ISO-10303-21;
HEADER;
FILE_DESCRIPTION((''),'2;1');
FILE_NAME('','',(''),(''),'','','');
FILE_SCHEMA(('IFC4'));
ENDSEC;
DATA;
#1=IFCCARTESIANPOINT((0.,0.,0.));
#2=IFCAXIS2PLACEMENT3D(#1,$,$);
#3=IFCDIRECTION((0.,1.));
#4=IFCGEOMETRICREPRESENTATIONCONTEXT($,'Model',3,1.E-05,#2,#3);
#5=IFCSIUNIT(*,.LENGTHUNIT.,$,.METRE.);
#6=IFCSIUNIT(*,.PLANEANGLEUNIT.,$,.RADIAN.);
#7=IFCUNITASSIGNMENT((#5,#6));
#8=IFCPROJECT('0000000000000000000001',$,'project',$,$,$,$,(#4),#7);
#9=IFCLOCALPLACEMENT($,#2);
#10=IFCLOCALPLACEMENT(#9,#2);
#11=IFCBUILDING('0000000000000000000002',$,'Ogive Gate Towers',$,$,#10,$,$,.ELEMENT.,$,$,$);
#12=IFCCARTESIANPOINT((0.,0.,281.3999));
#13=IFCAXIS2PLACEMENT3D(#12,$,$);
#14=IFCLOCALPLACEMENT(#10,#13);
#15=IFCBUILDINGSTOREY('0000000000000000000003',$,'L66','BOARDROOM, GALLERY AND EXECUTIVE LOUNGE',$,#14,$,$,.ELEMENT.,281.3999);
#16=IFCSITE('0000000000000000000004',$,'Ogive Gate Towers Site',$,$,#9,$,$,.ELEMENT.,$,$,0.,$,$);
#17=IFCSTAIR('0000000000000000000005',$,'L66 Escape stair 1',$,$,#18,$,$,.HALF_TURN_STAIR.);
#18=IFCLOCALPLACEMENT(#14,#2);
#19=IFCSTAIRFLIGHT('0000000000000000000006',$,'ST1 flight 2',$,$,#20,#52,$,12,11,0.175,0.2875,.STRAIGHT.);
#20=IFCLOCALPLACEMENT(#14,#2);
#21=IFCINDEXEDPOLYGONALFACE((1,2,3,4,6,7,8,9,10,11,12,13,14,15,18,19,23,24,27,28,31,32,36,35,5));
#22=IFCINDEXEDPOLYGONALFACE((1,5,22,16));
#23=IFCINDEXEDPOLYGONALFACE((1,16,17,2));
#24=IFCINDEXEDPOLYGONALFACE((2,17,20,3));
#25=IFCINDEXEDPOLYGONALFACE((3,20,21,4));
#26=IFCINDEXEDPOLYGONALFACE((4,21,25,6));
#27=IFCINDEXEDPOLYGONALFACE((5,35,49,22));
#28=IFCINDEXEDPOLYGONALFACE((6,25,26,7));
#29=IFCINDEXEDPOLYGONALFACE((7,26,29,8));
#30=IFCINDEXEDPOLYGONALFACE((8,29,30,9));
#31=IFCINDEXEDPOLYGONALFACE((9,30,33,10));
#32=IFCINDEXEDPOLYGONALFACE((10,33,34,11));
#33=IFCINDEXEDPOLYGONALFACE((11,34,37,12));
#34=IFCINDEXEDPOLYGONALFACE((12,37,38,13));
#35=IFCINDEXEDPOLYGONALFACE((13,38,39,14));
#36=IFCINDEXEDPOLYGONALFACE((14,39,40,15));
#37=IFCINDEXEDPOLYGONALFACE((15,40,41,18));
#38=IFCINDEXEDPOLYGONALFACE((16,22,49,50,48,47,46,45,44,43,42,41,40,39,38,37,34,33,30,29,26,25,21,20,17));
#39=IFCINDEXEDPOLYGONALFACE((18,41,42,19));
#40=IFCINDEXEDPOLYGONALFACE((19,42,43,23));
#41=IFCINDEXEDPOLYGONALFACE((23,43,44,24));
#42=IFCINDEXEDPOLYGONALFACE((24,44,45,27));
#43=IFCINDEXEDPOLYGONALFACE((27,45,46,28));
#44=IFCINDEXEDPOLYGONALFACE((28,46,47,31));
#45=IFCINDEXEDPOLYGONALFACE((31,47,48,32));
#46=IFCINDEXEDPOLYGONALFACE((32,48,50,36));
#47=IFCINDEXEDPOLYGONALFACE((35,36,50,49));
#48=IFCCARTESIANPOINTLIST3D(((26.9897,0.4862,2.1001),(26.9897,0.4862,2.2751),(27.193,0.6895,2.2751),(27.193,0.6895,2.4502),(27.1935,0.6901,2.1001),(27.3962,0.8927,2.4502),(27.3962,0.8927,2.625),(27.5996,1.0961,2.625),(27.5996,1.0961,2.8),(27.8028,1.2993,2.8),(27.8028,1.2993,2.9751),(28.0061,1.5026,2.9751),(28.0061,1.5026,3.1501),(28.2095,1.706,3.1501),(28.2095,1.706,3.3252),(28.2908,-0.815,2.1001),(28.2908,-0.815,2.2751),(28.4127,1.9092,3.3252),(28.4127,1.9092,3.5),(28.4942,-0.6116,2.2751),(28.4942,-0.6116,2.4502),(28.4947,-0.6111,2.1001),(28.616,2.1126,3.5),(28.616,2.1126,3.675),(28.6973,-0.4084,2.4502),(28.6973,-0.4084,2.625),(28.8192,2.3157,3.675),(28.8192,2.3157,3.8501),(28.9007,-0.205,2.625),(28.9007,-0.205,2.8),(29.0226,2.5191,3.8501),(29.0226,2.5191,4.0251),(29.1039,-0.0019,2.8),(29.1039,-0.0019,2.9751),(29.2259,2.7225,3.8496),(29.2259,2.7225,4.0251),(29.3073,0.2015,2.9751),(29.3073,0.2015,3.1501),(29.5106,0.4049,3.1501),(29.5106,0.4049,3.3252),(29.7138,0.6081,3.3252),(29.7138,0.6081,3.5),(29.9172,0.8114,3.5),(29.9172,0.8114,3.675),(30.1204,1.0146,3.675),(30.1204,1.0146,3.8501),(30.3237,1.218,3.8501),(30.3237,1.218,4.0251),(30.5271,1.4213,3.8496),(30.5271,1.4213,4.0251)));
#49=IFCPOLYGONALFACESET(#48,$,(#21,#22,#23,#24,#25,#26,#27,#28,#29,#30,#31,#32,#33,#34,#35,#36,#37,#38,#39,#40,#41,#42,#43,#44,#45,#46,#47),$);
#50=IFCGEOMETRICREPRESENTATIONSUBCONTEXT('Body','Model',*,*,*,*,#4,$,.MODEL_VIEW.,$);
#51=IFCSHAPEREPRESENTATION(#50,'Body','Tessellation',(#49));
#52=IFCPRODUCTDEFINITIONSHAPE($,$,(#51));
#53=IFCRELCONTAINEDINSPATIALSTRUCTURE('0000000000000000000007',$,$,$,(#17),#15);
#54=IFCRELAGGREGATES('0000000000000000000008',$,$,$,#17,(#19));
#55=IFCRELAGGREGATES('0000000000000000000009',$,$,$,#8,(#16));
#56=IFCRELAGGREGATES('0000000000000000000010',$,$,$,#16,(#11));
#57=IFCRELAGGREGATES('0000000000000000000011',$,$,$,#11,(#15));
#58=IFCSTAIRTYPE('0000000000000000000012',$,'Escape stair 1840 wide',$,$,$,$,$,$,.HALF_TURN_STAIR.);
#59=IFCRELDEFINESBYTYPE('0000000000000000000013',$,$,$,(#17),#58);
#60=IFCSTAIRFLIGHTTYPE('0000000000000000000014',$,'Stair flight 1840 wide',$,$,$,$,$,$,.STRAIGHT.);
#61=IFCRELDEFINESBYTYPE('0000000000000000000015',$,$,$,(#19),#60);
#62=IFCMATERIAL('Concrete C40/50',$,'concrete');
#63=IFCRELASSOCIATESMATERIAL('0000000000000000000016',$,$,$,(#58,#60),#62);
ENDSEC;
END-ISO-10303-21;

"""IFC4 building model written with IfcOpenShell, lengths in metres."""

from ifc_helpers import new_model, si_unit, direction, frame, origin, place, context, subcontext, project, spatial, polyline, outline, extrude, material, type_object, element, aggregate, save


model = new_model("IFC4")

# Units and contexts
model_context = context("Model", 3, precision=1e-05, world=origin(), true_north=direction((0.0, 1.0)))
body_context = subcontext(model_context, "Body", "Model", "MODEL_VIEW")
ifc_project = project(units=[si_unit("LENGTHUNIT", "METRE"), si_unit("PLANEANGLEUNIT", "RADIAN")], contexts=[model_context])

# Site, building, storey
site_placement = place(None, origin())
site = spatial("IfcSite", under=ifc_project, at=site_placement, Name="Ogive Gate Towers Site", CompositionType="ELEMENT", RefElevation=0.0)
building_placement = place(site_placement, origin())
building = spatial("IfcBuilding", under=site, at=building_placement, Name="Ogive Gate Towers", CompositionType="ELEMENT")
storey_placement = place(building_placement, frame((0.0, 0.0, 281.3999)))
storey = spatial("IfcBuildingStorey", under=building, at=storey_placement, Name="L66", Description="BOARDROOM, GALLERY AND EXECUTIVE LOUNGE", CompositionType="ELEMENT", Elevation=281.3999)

# Stair, stair flight
ifc_material_1 = material(Name="Concrete C40/50", Category="concrete")
stair_type = type_object("IfcStairType", Name="Escape stair 1840 wide", PredefinedType="HALF_TURN_STAIR", material=ifc_material_1)
stair_placement = place(storey_placement, origin())
stair = element("IfcStair", 1, at=stair_placement, inside=storey, type_object=stair_type, Name="L66 Escape stair 1", PredefinedType="HALF_TURN_STAIR")
stair_flight_type = type_object("IfcStairFlightType", Name="Stair flight 1840 wide", PredefinedType="STRAIGHT", material=ifc_material_1)
stair_flight_placement = place(storey_placement, frame((27.6401, -0.1643, 2.1001), z_axis=(0.0, 0.0, 1.0), x_axis=(0.707107, 0.707107, 0.0)))
stair_flight = element("IfcStairFlight", 2, at=stair_flight_placement, type_object=stair_flight_type, Name="ST1 flight 2", NumberOfRisers=12, NumberOfTreads=11, PredefinedType="STRAIGHT", RiserHeight=0.175, TreadLength=0.2875, context=body_context, shape_type="SweptSolid", body=[
    extrude(outline(polyline([(0.0, 0.0), (0.0, 0.175), (0.2876, 0.175), (0.2876, 0.3501), (0.575, 0.3501), (0.575, 0.5249), (0.8625, 0.5249), (0.8625, 0.7), (1.1499, 0.7), (1.1499, 0.875), (1.4375, 0.875), (1.4375, 1.05), (1.7251, 1.05), (1.7251, 1.2251), (2.0125, 1.2251), (2.0125, 1.3999), (2.3, 1.3999), (2.3, 1.575), (2.5874, 1.575), (2.5874, 1.75), (2.875, 1.75), (2.875, 1.925), (3.1626, 1.925), (3.1626, 2.1001), (3.1626, 1.7495), (0.2883, 0.0), (0.0, 0.0)])), frame((0.0, 0.9199, 0.0), z_axis=(0.0, -1.0, 0.0), x_axis=(1.0, 0.0, 0.0)), (0.0, 0.0, 1.0), 1.8401),
])
aggregate(stair, [stair_flight])

save(model, "model.ifc")
